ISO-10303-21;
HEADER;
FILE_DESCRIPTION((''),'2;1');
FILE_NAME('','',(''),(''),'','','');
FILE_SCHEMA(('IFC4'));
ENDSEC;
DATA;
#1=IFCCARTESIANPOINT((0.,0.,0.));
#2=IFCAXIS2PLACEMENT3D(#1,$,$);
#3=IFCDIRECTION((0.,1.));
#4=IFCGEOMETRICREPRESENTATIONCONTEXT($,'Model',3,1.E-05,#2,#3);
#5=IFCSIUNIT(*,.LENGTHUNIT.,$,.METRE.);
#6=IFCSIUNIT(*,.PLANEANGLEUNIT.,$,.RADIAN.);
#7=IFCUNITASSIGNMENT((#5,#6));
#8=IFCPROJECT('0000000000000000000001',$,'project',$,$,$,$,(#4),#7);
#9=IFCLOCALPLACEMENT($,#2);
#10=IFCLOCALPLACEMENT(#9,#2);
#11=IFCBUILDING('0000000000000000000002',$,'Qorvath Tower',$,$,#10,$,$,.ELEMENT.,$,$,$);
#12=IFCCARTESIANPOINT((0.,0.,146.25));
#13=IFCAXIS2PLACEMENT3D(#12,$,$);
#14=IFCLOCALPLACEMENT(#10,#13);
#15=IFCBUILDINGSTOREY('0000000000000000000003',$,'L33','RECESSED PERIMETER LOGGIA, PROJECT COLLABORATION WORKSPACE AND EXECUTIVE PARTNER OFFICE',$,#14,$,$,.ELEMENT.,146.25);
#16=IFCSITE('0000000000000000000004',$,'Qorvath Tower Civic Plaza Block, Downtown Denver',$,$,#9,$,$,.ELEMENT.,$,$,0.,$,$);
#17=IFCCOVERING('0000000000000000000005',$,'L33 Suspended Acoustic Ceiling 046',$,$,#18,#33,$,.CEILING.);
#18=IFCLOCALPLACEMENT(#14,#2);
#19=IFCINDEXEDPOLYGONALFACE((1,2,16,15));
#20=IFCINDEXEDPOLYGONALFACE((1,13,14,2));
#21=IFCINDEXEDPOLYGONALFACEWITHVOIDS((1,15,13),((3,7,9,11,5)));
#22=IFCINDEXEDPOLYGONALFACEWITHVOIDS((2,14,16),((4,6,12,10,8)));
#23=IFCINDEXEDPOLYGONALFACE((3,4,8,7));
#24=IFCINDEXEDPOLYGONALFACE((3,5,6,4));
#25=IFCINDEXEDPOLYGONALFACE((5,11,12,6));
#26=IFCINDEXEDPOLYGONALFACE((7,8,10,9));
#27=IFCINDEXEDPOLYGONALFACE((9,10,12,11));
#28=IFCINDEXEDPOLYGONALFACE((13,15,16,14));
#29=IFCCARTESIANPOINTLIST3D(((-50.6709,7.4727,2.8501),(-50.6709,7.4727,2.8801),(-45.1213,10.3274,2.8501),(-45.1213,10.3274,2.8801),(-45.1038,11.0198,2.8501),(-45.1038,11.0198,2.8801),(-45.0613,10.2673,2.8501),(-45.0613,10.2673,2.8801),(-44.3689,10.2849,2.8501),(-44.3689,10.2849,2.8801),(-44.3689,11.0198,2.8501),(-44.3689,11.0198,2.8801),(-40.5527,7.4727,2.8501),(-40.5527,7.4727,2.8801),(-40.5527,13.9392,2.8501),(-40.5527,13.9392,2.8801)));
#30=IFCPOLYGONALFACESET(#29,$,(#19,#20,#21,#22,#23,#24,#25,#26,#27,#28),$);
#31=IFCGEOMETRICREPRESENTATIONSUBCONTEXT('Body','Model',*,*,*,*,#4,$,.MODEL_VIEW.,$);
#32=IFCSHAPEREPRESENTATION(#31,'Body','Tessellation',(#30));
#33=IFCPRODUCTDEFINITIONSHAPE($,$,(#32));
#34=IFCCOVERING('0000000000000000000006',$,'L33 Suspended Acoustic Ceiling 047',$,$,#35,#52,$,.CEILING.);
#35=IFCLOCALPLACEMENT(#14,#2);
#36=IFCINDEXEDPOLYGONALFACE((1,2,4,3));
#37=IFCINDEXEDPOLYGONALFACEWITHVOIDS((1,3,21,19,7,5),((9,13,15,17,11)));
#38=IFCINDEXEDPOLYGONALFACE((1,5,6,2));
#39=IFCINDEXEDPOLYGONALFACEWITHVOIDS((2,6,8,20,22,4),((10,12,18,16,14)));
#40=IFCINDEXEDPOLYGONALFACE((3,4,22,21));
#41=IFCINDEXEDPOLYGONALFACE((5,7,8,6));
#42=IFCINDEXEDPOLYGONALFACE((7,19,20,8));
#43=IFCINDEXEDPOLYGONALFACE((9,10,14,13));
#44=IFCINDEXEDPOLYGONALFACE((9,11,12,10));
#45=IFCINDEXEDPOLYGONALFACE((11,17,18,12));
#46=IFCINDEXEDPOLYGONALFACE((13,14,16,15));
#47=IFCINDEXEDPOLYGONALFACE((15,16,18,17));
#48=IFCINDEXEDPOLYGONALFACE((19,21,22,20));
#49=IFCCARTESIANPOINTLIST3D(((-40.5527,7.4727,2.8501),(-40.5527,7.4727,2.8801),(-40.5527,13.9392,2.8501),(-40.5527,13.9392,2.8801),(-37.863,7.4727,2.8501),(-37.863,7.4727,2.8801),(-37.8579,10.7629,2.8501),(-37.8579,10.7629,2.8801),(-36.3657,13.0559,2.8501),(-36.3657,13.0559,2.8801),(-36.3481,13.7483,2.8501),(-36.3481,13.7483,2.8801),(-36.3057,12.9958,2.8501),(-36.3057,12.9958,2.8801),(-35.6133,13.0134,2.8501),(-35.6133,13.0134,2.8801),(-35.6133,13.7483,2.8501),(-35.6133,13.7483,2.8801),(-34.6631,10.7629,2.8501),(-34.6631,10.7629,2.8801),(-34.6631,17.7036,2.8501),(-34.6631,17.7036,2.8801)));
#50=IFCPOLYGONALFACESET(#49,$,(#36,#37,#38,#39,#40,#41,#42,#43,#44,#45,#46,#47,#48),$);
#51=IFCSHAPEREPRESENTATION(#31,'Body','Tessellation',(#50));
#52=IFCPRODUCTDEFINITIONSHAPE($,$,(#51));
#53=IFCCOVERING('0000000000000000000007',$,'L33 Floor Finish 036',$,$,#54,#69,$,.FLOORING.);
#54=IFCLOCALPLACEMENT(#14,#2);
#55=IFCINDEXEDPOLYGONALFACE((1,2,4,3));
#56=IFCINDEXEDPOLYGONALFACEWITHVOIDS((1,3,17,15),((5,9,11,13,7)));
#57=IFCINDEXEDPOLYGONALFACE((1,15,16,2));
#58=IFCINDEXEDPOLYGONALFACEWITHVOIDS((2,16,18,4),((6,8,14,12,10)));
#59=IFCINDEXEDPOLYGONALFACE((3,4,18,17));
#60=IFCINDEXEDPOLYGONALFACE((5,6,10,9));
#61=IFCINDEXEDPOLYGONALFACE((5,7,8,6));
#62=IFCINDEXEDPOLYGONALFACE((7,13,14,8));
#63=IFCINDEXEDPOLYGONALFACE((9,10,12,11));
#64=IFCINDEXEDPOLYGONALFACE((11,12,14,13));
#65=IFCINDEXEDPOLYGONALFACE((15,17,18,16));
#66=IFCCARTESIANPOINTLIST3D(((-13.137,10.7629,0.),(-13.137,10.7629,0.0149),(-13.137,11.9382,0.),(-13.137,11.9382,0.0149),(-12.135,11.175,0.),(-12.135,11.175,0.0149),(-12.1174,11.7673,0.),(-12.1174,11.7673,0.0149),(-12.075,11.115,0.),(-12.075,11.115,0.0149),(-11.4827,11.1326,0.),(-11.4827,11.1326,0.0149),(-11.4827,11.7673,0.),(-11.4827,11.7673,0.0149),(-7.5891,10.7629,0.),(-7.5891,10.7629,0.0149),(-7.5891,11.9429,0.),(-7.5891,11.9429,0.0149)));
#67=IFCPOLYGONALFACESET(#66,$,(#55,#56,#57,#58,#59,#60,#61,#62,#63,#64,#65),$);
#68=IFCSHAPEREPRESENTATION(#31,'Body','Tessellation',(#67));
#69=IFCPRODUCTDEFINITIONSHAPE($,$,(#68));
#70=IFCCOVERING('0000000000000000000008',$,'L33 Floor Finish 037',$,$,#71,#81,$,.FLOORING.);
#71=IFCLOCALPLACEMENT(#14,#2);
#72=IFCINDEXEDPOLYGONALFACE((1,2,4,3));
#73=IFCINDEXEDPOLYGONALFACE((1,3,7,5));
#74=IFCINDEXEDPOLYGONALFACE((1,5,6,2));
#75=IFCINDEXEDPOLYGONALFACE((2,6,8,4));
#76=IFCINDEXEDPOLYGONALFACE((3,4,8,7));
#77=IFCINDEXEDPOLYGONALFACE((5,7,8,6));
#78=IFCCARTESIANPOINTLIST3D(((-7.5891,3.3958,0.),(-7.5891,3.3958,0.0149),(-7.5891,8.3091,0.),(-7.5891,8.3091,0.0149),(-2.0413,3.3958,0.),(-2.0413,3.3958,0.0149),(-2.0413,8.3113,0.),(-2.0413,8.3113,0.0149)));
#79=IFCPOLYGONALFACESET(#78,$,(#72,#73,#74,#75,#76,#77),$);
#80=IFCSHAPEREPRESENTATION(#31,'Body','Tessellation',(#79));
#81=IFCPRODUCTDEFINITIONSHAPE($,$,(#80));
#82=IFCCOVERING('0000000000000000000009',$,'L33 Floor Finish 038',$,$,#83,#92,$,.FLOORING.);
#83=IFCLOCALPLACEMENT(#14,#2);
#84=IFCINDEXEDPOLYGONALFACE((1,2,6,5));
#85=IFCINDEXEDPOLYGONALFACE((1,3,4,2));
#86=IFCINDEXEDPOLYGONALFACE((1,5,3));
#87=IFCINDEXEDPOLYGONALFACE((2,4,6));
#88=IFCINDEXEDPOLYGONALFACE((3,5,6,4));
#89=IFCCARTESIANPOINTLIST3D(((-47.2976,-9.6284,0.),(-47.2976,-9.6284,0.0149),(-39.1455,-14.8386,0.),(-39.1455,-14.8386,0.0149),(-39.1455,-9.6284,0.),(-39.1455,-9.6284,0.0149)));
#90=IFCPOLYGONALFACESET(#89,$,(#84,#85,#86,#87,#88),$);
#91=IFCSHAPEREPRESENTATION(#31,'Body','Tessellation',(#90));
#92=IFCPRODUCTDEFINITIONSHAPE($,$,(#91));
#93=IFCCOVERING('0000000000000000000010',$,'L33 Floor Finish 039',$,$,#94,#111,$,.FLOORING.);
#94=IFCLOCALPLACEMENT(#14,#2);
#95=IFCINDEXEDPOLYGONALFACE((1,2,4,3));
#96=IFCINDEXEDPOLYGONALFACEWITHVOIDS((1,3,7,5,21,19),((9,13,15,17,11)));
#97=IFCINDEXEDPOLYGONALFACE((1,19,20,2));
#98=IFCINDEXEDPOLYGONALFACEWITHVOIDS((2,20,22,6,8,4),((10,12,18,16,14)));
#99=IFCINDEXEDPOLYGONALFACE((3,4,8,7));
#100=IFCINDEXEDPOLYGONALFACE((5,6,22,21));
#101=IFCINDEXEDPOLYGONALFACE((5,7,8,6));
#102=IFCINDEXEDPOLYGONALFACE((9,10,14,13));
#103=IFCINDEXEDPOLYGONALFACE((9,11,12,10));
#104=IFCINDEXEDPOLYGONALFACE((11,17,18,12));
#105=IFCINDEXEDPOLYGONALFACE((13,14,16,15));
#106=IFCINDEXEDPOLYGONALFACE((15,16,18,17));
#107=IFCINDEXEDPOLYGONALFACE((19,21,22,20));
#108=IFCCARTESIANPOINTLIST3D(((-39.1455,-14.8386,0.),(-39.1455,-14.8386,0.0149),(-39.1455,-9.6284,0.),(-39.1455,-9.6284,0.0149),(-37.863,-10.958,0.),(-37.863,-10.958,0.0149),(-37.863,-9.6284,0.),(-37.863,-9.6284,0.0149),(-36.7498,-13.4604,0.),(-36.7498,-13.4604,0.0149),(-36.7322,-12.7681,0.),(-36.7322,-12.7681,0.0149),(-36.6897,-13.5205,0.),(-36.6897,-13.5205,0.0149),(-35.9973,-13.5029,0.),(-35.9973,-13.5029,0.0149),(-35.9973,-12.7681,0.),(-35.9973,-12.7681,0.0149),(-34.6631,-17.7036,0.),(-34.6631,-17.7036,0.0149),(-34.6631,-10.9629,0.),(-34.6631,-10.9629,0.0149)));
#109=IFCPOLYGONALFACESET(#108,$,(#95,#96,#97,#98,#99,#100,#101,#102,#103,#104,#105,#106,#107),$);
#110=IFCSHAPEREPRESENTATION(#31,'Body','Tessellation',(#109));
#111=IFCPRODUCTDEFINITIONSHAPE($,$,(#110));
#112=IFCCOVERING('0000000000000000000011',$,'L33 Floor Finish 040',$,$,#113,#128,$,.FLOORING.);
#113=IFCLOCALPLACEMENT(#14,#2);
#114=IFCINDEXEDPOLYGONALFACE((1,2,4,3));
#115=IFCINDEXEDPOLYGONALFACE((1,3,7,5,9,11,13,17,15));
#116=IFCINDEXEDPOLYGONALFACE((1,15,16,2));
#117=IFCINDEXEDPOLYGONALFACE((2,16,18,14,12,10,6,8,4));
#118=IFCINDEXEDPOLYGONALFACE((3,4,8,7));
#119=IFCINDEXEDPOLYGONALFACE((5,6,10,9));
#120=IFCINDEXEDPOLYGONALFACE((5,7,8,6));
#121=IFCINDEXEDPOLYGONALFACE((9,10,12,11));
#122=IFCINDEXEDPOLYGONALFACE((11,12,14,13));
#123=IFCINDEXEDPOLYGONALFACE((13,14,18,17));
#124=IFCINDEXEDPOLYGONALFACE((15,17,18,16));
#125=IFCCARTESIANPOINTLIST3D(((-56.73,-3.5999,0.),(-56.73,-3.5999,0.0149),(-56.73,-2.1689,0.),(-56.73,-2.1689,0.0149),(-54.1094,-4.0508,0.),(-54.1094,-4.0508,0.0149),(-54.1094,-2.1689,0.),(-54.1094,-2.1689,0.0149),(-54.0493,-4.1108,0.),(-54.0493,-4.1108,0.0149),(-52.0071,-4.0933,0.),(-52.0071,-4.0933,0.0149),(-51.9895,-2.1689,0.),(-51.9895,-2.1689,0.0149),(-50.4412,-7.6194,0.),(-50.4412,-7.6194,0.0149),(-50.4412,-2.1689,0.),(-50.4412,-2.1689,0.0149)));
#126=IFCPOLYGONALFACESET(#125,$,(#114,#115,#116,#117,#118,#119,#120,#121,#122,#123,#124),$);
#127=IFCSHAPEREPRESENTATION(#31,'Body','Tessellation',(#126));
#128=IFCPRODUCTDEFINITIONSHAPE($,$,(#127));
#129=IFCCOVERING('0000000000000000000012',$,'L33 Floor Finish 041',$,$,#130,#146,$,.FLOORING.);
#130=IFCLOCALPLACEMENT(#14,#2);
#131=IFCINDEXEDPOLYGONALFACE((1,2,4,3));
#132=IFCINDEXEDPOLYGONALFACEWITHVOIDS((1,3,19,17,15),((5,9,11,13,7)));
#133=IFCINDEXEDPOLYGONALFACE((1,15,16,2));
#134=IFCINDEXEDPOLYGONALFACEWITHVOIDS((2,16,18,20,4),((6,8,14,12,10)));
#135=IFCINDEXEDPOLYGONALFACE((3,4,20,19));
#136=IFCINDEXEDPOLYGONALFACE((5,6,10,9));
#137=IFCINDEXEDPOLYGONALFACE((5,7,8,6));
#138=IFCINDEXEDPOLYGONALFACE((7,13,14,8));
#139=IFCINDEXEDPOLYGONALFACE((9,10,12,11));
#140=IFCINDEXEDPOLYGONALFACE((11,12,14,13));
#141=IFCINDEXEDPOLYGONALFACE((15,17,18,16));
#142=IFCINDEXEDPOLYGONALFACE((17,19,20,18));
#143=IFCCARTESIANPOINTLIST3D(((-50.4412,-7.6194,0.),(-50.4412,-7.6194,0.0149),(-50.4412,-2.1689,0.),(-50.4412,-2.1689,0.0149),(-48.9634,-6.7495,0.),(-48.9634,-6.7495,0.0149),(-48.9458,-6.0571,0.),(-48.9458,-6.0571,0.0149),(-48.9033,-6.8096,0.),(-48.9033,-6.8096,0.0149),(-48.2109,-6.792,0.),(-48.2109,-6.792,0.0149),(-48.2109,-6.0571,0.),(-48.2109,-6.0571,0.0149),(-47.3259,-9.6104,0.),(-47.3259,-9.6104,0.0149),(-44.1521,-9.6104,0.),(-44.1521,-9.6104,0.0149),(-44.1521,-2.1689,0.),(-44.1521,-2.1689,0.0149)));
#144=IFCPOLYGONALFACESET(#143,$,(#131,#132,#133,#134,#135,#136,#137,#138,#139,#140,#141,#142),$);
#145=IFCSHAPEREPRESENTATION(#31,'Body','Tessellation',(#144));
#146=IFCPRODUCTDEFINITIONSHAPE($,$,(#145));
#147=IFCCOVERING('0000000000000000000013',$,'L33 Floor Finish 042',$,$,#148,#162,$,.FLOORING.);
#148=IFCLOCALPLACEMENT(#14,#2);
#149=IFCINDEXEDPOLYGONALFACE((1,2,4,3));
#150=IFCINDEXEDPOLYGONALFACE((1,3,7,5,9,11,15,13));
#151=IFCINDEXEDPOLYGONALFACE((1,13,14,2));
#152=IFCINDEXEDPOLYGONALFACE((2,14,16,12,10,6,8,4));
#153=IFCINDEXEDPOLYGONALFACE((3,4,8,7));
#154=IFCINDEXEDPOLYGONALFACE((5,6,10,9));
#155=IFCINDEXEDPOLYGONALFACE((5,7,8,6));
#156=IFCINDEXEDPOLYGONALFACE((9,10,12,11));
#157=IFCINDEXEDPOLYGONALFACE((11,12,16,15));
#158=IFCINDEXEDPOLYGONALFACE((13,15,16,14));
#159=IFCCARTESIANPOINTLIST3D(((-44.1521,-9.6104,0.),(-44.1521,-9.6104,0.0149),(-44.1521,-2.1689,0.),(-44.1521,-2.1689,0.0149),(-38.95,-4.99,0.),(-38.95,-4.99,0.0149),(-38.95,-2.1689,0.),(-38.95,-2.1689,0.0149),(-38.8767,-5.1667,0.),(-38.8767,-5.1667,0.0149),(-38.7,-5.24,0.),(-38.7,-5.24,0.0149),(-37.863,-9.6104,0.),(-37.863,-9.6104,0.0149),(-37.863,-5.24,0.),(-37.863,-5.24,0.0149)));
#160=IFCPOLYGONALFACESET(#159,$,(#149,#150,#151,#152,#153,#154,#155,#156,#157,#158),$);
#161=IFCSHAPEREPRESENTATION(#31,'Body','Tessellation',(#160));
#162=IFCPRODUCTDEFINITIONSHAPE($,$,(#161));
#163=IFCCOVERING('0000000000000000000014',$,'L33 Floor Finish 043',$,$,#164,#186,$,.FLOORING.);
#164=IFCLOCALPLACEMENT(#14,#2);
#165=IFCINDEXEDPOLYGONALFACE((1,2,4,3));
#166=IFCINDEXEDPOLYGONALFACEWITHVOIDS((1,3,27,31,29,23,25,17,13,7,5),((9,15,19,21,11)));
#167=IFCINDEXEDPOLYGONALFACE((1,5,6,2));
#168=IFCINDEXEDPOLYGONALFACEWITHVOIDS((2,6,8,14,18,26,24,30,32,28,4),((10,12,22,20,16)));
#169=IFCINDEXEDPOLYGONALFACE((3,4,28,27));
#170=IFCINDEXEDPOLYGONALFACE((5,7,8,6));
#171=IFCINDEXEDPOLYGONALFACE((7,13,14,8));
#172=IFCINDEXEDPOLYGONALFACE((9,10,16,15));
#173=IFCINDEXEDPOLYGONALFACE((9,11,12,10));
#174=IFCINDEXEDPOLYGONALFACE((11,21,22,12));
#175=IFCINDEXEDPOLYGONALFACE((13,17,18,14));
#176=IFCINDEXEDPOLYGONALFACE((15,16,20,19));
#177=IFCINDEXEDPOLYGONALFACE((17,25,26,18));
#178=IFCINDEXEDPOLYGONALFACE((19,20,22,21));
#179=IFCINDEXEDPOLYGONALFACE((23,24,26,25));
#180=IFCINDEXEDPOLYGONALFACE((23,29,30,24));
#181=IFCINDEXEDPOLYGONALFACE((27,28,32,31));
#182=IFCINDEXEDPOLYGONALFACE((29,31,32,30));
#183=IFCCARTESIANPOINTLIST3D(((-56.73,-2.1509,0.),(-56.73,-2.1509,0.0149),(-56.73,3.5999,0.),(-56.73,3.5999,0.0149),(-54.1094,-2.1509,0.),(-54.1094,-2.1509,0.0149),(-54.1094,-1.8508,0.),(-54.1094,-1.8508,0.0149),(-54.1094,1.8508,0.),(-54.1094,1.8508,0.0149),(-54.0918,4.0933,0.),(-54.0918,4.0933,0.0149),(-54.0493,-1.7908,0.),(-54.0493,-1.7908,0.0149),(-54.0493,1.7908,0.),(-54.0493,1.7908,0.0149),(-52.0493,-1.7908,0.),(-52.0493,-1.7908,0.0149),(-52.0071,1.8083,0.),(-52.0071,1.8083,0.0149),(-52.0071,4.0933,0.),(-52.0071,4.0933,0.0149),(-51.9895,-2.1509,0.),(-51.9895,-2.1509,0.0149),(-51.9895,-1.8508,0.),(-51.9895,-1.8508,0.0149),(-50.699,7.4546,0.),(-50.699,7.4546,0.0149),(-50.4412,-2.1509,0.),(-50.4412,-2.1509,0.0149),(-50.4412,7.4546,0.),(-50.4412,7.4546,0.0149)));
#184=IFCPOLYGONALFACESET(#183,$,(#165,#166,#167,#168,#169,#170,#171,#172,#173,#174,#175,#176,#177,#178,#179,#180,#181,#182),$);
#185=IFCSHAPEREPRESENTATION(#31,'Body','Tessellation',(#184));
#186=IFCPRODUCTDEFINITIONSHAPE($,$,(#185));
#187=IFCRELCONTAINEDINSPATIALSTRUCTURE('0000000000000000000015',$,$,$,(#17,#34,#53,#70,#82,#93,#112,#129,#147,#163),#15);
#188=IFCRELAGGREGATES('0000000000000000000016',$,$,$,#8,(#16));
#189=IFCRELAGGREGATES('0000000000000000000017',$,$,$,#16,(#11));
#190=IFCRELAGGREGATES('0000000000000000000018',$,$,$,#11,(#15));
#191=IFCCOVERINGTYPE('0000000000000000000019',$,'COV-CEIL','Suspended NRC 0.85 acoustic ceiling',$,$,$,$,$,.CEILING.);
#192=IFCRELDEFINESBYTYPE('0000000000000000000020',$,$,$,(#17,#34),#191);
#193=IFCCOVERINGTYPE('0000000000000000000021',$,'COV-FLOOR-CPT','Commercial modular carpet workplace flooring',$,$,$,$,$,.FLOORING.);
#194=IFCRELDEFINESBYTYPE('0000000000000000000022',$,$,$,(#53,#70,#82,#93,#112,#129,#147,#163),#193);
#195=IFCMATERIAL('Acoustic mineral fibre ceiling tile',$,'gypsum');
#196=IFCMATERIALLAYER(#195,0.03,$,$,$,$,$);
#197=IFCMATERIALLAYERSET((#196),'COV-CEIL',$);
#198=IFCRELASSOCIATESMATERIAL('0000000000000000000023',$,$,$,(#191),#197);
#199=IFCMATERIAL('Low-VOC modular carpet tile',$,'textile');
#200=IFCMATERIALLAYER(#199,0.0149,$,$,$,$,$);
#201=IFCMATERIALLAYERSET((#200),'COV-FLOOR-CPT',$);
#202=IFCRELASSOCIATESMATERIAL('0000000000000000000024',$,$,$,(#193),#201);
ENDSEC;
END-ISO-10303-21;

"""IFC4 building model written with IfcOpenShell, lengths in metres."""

from ifc_helpers import new_model, si_unit, direction, frame, origin, place, context, subcontext, project, spatial, polyline, outline, extrude, material, layer, layer_set, type_object, element, save


model = new_model("IFC4")

# Units and contexts
model_context = context("Model", 3, precision=1e-05, world=origin(), true_north=direction((0.0, 1.0)))
body_context = subcontext(model_context, "Body", "Model", "MODEL_VIEW")
ifc_project = project(units=[si_unit("LENGTHUNIT", "METRE"), si_unit("PLANEANGLEUNIT", "RADIAN")], contexts=[model_context])

# Site, building, storey
site_placement = place(None, origin())
site = spatial("IfcSite", under=ifc_project, at=site_placement, Name="Qorvath Tower Civic Plaza Block, Downtown Denver", CompositionType="ELEMENT", RefElevation=0.0)
building_placement = place(site_placement, origin())
building = spatial("IfcBuilding", under=site, at=building_placement, Name="Qorvath Tower", CompositionType="ELEMENT")
storey_placement = place(building_placement, frame((0.0, 0.0, 146.25)))
storey = spatial("IfcBuildingStorey", under=building, at=storey_placement, Name="L33", Description="RECESSED PERIMETER LOGGIA, PROJECT COLLABORATION WORKSPACE AND EXECUTIVE PARTNER OFFICE", CompositionType="ELEMENT", Elevation=146.25)

# Coverings
ifc_material_1 = material(Name="Acoustic mineral fibre ceiling tile", Category="gypsum")
ifc_layer_1 = layer(ifc_material_1, 0.03)
ifc_layer_set_1 = layer_set([ifc_layer_1], Name="COV-CEIL")
covering_type_1 = type_object("IfcCoveringType", Name="COV-CEIL", Description="Suspended NRC 0.85 acoustic ceiling", PredefinedType="CEILING", material=ifc_layer_set_1)
covering_1_placement = place(storey_placement, frame((0.0, 0.0, 2.8501)))
element("IfcCovering", 1, at=covering_1_placement, inside=storey, type_object=covering_type_1, Name="L33 Suspended Acoustic Ceiling 046", PredefinedType="CEILING", context=body_context, shape_type="SweptSolid", body=[
    extrude(outline(polyline([(-40.5527, 7.4727), (-40.5527, 13.9392), (-50.6709, 7.4727), (-40.5527, 7.4727)]), holes=[polyline([(-45.1213, 10.3274), (-45.1038, 11.0198), (-44.3689, 11.0198), (-44.3689, 10.2849), (-45.0613, 10.2673), (-45.1213, 10.3274)])]), origin(), (0.0, 0.0, 1.0), 0.03),
])
covering_2_placement = place(storey_placement, frame((0.0, 0.0, 2.8501)))
element("IfcCovering", 2, at=covering_2_placement, inside=storey, type_object=covering_type_1, Name="L33 Suspended Acoustic Ceiling 047", PredefinedType="CEILING", context=body_context, shape_type="SweptSolid", body=[
    extrude(outline(polyline([(-37.8579, 10.7629), (-34.6631, 10.7629), (-34.6631, 17.7036), (-40.5527, 13.9392), (-40.5527, 7.4727), (-37.863, 7.4727), (-37.8579, 10.7629)]), holes=[polyline([(-36.3657, 13.0559), (-36.3481, 13.7483), (-35.6133, 13.7483), (-35.6133, 13.0134), (-36.3057, 12.9958), (-36.3657, 13.0559)])]), origin(), (0.0, 0.0, 1.0), 0.03),
])
ifc_material_2 = material(Name="Low-VOC modular carpet tile", Category="textile")
ifc_layer_2 = layer(ifc_material_2, 0.0149)
ifc_layer_set_2 = layer_set([ifc_layer_2], Name="COV-FLOOR-CPT")
covering_type_2 = type_object("IfcCoveringType", Name="COV-FLOOR-CPT", Description="Commercial modular carpet workplace flooring", PredefinedType="FLOORING", material=ifc_layer_set_2)
covering_3_placement = place(storey_placement, origin())
element("IfcCovering", 3, at=covering_3_placement, inside=storey, type_object=covering_type_2, Name="L33 Floor Finish 036", PredefinedType="FLOORING", context=body_context, shape_type="SweptSolid", body=[
    extrude(outline(polyline([(-7.5891, 10.7629), (-7.5891, 11.9429), (-13.137, 11.9382), (-13.137, 10.7629), (-7.5891, 10.7629)]), holes=[polyline([(-12.135, 11.175), (-12.1174, 11.7673), (-11.4827, 11.7673), (-11.4827, 11.1326), (-12.075, 11.115), (-12.135, 11.175)])]), origin(), (0.0, 0.0, 1.0), 0.0149),
])
covering_4_placement = place(storey_placement, origin())
element("IfcCovering", 4, at=covering_4_placement, inside=storey, type_object=covering_type_2, Name="L33 Floor Finish 037", PredefinedType="FLOORING", context=body_context, shape_type="SweptSolid", body=[
    extrude(outline(polyline([(-2.0413, 3.3958), (-2.0413, 8.3113), (-7.5891, 8.3091), (-7.5891, 3.3958), (-2.0413, 3.3958)])), origin(), (0.0, 0.0, 1.0), 0.0149),
])
covering_5_placement = place(storey_placement, origin())
element("IfcCovering", 5, at=covering_5_placement, inside=storey, type_object=covering_type_2, Name="L33 Floor Finish 038", PredefinedType="FLOORING", context=body_context, shape_type="SweptSolid", body=[
    extrude(outline(polyline([(-39.1455, -14.8386), (-39.1455, -9.6284), (-47.2976, -9.6284), (-39.1455, -14.8386)])), origin(), (0.0, 0.0, 1.0), 0.0149),
])
covering_6_placement = place(storey_placement, origin())
element("IfcCovering", 6, at=covering_6_placement, inside=storey, type_object=covering_type_2, Name="L33 Floor Finish 039", PredefinedType="FLOORING", context=body_context, shape_type="SweptSolid", body=[
    extrude(outline(polyline([(-37.863, -10.958), (-37.863, -9.6284), (-39.1455, -9.6284), (-39.1455, -14.8386), (-34.6631, -17.7036), (-34.6631, -10.9629), (-37.863, -10.958)]), holes=[polyline([(-36.7498, -13.4604), (-36.7322, -12.7681), (-35.9973, -12.7681), (-35.9973, -13.5029), (-36.6897, -13.5205), (-36.7498, -13.4604)])]), origin(), (0.0, 0.0, 1.0), 0.0149),
])
covering_7_placement = place(storey_placement, origin())
element("IfcCovering", 7, at=covering_7_placement, inside=storey, type_object=covering_type_2, Name="L33 Floor Finish 040", PredefinedType="FLOORING", context=body_context, shape_type="SweptSolid", body=[
    extrude(outline(polyline([(-50.4412, -7.6194), (-50.4412, -2.1689), (-51.9895, -2.1689), (-52.0071, -4.0933), (-54.0493, -4.1108), (-54.1094, -4.0508), (-54.1094, -2.1689), (-56.73, -2.1689), (-56.73, -3.5999), (-50.4412, -7.6194)])), origin(), (0.0, 0.0, 1.0), 0.0149),
])
covering_8_placement = place(storey_placement, origin())
element("IfcCovering", 8, at=covering_8_placement, inside=storey, type_object=covering_type_2, Name="L33 Floor Finish 041", PredefinedType="FLOORING", context=body_context, shape_type="SweptSolid", body=[
    extrude(outline(polyline([(-44.1521, -9.6104), (-44.1521, -2.1689), (-50.4412, -2.1689), (-50.4412, -7.6194), (-47.3259, -9.6104), (-44.1521, -9.6104)]), holes=[polyline([(-48.9634, -6.7495), (-48.9458, -6.0571), (-48.2109, -6.0571), (-48.2109, -6.792), (-48.9033, -6.8096), (-48.9634, -6.7495)])]), origin(), (0.0, 0.0, 1.0), 0.0149),
])
covering_9_placement = place(storey_placement, origin())
element("IfcCovering", 9, at=covering_9_placement, inside=storey, type_object=covering_type_2, Name="L33 Floor Finish 042", PredefinedType="FLOORING", context=body_context, shape_type="SweptSolid", body=[
    extrude(outline(polyline([(-37.863, -9.6104), (-37.863, -5.24), (-38.7, -5.24), (-38.8767, -5.1667), (-38.95, -4.99), (-38.95, -2.1689), (-44.1521, -2.1689), (-44.1521, -9.6104), (-37.863, -9.6104)])), origin(), (0.0, 0.0, 1.0), 0.0149),
])
covering_10_placement = place(storey_placement, origin())
element("IfcCovering", 10, at=covering_10_placement, inside=storey, type_object=covering_type_2, Name="L33 Floor Finish 043", PredefinedType="FLOORING", context=body_context, shape_type="SweptSolid", body=[
    extrude(outline(polyline([(-50.4412, -2.1509), (-50.4412, 7.4546), (-50.699, 7.4546), (-56.73, 3.5999), (-56.73, -2.1509), (-54.1094, -2.1509), (-54.1094, -1.8508), (-54.0493, -1.7908), (-52.0493, -1.7908), (-51.9895, -1.8508), (-51.9895, -2.1509), (-50.4412, -2.1509)]), holes=[polyline([(-54.1094, 1.8508), (-54.0918, 4.0933), (-52.0071, 4.0933), (-52.0071, 1.8083), (-54.0493, 1.7908), (-54.1094, 1.8508)])]), origin(), (0.0, 0.0, 1.0), 0.0149),
])

save(model, "model.ifc")
